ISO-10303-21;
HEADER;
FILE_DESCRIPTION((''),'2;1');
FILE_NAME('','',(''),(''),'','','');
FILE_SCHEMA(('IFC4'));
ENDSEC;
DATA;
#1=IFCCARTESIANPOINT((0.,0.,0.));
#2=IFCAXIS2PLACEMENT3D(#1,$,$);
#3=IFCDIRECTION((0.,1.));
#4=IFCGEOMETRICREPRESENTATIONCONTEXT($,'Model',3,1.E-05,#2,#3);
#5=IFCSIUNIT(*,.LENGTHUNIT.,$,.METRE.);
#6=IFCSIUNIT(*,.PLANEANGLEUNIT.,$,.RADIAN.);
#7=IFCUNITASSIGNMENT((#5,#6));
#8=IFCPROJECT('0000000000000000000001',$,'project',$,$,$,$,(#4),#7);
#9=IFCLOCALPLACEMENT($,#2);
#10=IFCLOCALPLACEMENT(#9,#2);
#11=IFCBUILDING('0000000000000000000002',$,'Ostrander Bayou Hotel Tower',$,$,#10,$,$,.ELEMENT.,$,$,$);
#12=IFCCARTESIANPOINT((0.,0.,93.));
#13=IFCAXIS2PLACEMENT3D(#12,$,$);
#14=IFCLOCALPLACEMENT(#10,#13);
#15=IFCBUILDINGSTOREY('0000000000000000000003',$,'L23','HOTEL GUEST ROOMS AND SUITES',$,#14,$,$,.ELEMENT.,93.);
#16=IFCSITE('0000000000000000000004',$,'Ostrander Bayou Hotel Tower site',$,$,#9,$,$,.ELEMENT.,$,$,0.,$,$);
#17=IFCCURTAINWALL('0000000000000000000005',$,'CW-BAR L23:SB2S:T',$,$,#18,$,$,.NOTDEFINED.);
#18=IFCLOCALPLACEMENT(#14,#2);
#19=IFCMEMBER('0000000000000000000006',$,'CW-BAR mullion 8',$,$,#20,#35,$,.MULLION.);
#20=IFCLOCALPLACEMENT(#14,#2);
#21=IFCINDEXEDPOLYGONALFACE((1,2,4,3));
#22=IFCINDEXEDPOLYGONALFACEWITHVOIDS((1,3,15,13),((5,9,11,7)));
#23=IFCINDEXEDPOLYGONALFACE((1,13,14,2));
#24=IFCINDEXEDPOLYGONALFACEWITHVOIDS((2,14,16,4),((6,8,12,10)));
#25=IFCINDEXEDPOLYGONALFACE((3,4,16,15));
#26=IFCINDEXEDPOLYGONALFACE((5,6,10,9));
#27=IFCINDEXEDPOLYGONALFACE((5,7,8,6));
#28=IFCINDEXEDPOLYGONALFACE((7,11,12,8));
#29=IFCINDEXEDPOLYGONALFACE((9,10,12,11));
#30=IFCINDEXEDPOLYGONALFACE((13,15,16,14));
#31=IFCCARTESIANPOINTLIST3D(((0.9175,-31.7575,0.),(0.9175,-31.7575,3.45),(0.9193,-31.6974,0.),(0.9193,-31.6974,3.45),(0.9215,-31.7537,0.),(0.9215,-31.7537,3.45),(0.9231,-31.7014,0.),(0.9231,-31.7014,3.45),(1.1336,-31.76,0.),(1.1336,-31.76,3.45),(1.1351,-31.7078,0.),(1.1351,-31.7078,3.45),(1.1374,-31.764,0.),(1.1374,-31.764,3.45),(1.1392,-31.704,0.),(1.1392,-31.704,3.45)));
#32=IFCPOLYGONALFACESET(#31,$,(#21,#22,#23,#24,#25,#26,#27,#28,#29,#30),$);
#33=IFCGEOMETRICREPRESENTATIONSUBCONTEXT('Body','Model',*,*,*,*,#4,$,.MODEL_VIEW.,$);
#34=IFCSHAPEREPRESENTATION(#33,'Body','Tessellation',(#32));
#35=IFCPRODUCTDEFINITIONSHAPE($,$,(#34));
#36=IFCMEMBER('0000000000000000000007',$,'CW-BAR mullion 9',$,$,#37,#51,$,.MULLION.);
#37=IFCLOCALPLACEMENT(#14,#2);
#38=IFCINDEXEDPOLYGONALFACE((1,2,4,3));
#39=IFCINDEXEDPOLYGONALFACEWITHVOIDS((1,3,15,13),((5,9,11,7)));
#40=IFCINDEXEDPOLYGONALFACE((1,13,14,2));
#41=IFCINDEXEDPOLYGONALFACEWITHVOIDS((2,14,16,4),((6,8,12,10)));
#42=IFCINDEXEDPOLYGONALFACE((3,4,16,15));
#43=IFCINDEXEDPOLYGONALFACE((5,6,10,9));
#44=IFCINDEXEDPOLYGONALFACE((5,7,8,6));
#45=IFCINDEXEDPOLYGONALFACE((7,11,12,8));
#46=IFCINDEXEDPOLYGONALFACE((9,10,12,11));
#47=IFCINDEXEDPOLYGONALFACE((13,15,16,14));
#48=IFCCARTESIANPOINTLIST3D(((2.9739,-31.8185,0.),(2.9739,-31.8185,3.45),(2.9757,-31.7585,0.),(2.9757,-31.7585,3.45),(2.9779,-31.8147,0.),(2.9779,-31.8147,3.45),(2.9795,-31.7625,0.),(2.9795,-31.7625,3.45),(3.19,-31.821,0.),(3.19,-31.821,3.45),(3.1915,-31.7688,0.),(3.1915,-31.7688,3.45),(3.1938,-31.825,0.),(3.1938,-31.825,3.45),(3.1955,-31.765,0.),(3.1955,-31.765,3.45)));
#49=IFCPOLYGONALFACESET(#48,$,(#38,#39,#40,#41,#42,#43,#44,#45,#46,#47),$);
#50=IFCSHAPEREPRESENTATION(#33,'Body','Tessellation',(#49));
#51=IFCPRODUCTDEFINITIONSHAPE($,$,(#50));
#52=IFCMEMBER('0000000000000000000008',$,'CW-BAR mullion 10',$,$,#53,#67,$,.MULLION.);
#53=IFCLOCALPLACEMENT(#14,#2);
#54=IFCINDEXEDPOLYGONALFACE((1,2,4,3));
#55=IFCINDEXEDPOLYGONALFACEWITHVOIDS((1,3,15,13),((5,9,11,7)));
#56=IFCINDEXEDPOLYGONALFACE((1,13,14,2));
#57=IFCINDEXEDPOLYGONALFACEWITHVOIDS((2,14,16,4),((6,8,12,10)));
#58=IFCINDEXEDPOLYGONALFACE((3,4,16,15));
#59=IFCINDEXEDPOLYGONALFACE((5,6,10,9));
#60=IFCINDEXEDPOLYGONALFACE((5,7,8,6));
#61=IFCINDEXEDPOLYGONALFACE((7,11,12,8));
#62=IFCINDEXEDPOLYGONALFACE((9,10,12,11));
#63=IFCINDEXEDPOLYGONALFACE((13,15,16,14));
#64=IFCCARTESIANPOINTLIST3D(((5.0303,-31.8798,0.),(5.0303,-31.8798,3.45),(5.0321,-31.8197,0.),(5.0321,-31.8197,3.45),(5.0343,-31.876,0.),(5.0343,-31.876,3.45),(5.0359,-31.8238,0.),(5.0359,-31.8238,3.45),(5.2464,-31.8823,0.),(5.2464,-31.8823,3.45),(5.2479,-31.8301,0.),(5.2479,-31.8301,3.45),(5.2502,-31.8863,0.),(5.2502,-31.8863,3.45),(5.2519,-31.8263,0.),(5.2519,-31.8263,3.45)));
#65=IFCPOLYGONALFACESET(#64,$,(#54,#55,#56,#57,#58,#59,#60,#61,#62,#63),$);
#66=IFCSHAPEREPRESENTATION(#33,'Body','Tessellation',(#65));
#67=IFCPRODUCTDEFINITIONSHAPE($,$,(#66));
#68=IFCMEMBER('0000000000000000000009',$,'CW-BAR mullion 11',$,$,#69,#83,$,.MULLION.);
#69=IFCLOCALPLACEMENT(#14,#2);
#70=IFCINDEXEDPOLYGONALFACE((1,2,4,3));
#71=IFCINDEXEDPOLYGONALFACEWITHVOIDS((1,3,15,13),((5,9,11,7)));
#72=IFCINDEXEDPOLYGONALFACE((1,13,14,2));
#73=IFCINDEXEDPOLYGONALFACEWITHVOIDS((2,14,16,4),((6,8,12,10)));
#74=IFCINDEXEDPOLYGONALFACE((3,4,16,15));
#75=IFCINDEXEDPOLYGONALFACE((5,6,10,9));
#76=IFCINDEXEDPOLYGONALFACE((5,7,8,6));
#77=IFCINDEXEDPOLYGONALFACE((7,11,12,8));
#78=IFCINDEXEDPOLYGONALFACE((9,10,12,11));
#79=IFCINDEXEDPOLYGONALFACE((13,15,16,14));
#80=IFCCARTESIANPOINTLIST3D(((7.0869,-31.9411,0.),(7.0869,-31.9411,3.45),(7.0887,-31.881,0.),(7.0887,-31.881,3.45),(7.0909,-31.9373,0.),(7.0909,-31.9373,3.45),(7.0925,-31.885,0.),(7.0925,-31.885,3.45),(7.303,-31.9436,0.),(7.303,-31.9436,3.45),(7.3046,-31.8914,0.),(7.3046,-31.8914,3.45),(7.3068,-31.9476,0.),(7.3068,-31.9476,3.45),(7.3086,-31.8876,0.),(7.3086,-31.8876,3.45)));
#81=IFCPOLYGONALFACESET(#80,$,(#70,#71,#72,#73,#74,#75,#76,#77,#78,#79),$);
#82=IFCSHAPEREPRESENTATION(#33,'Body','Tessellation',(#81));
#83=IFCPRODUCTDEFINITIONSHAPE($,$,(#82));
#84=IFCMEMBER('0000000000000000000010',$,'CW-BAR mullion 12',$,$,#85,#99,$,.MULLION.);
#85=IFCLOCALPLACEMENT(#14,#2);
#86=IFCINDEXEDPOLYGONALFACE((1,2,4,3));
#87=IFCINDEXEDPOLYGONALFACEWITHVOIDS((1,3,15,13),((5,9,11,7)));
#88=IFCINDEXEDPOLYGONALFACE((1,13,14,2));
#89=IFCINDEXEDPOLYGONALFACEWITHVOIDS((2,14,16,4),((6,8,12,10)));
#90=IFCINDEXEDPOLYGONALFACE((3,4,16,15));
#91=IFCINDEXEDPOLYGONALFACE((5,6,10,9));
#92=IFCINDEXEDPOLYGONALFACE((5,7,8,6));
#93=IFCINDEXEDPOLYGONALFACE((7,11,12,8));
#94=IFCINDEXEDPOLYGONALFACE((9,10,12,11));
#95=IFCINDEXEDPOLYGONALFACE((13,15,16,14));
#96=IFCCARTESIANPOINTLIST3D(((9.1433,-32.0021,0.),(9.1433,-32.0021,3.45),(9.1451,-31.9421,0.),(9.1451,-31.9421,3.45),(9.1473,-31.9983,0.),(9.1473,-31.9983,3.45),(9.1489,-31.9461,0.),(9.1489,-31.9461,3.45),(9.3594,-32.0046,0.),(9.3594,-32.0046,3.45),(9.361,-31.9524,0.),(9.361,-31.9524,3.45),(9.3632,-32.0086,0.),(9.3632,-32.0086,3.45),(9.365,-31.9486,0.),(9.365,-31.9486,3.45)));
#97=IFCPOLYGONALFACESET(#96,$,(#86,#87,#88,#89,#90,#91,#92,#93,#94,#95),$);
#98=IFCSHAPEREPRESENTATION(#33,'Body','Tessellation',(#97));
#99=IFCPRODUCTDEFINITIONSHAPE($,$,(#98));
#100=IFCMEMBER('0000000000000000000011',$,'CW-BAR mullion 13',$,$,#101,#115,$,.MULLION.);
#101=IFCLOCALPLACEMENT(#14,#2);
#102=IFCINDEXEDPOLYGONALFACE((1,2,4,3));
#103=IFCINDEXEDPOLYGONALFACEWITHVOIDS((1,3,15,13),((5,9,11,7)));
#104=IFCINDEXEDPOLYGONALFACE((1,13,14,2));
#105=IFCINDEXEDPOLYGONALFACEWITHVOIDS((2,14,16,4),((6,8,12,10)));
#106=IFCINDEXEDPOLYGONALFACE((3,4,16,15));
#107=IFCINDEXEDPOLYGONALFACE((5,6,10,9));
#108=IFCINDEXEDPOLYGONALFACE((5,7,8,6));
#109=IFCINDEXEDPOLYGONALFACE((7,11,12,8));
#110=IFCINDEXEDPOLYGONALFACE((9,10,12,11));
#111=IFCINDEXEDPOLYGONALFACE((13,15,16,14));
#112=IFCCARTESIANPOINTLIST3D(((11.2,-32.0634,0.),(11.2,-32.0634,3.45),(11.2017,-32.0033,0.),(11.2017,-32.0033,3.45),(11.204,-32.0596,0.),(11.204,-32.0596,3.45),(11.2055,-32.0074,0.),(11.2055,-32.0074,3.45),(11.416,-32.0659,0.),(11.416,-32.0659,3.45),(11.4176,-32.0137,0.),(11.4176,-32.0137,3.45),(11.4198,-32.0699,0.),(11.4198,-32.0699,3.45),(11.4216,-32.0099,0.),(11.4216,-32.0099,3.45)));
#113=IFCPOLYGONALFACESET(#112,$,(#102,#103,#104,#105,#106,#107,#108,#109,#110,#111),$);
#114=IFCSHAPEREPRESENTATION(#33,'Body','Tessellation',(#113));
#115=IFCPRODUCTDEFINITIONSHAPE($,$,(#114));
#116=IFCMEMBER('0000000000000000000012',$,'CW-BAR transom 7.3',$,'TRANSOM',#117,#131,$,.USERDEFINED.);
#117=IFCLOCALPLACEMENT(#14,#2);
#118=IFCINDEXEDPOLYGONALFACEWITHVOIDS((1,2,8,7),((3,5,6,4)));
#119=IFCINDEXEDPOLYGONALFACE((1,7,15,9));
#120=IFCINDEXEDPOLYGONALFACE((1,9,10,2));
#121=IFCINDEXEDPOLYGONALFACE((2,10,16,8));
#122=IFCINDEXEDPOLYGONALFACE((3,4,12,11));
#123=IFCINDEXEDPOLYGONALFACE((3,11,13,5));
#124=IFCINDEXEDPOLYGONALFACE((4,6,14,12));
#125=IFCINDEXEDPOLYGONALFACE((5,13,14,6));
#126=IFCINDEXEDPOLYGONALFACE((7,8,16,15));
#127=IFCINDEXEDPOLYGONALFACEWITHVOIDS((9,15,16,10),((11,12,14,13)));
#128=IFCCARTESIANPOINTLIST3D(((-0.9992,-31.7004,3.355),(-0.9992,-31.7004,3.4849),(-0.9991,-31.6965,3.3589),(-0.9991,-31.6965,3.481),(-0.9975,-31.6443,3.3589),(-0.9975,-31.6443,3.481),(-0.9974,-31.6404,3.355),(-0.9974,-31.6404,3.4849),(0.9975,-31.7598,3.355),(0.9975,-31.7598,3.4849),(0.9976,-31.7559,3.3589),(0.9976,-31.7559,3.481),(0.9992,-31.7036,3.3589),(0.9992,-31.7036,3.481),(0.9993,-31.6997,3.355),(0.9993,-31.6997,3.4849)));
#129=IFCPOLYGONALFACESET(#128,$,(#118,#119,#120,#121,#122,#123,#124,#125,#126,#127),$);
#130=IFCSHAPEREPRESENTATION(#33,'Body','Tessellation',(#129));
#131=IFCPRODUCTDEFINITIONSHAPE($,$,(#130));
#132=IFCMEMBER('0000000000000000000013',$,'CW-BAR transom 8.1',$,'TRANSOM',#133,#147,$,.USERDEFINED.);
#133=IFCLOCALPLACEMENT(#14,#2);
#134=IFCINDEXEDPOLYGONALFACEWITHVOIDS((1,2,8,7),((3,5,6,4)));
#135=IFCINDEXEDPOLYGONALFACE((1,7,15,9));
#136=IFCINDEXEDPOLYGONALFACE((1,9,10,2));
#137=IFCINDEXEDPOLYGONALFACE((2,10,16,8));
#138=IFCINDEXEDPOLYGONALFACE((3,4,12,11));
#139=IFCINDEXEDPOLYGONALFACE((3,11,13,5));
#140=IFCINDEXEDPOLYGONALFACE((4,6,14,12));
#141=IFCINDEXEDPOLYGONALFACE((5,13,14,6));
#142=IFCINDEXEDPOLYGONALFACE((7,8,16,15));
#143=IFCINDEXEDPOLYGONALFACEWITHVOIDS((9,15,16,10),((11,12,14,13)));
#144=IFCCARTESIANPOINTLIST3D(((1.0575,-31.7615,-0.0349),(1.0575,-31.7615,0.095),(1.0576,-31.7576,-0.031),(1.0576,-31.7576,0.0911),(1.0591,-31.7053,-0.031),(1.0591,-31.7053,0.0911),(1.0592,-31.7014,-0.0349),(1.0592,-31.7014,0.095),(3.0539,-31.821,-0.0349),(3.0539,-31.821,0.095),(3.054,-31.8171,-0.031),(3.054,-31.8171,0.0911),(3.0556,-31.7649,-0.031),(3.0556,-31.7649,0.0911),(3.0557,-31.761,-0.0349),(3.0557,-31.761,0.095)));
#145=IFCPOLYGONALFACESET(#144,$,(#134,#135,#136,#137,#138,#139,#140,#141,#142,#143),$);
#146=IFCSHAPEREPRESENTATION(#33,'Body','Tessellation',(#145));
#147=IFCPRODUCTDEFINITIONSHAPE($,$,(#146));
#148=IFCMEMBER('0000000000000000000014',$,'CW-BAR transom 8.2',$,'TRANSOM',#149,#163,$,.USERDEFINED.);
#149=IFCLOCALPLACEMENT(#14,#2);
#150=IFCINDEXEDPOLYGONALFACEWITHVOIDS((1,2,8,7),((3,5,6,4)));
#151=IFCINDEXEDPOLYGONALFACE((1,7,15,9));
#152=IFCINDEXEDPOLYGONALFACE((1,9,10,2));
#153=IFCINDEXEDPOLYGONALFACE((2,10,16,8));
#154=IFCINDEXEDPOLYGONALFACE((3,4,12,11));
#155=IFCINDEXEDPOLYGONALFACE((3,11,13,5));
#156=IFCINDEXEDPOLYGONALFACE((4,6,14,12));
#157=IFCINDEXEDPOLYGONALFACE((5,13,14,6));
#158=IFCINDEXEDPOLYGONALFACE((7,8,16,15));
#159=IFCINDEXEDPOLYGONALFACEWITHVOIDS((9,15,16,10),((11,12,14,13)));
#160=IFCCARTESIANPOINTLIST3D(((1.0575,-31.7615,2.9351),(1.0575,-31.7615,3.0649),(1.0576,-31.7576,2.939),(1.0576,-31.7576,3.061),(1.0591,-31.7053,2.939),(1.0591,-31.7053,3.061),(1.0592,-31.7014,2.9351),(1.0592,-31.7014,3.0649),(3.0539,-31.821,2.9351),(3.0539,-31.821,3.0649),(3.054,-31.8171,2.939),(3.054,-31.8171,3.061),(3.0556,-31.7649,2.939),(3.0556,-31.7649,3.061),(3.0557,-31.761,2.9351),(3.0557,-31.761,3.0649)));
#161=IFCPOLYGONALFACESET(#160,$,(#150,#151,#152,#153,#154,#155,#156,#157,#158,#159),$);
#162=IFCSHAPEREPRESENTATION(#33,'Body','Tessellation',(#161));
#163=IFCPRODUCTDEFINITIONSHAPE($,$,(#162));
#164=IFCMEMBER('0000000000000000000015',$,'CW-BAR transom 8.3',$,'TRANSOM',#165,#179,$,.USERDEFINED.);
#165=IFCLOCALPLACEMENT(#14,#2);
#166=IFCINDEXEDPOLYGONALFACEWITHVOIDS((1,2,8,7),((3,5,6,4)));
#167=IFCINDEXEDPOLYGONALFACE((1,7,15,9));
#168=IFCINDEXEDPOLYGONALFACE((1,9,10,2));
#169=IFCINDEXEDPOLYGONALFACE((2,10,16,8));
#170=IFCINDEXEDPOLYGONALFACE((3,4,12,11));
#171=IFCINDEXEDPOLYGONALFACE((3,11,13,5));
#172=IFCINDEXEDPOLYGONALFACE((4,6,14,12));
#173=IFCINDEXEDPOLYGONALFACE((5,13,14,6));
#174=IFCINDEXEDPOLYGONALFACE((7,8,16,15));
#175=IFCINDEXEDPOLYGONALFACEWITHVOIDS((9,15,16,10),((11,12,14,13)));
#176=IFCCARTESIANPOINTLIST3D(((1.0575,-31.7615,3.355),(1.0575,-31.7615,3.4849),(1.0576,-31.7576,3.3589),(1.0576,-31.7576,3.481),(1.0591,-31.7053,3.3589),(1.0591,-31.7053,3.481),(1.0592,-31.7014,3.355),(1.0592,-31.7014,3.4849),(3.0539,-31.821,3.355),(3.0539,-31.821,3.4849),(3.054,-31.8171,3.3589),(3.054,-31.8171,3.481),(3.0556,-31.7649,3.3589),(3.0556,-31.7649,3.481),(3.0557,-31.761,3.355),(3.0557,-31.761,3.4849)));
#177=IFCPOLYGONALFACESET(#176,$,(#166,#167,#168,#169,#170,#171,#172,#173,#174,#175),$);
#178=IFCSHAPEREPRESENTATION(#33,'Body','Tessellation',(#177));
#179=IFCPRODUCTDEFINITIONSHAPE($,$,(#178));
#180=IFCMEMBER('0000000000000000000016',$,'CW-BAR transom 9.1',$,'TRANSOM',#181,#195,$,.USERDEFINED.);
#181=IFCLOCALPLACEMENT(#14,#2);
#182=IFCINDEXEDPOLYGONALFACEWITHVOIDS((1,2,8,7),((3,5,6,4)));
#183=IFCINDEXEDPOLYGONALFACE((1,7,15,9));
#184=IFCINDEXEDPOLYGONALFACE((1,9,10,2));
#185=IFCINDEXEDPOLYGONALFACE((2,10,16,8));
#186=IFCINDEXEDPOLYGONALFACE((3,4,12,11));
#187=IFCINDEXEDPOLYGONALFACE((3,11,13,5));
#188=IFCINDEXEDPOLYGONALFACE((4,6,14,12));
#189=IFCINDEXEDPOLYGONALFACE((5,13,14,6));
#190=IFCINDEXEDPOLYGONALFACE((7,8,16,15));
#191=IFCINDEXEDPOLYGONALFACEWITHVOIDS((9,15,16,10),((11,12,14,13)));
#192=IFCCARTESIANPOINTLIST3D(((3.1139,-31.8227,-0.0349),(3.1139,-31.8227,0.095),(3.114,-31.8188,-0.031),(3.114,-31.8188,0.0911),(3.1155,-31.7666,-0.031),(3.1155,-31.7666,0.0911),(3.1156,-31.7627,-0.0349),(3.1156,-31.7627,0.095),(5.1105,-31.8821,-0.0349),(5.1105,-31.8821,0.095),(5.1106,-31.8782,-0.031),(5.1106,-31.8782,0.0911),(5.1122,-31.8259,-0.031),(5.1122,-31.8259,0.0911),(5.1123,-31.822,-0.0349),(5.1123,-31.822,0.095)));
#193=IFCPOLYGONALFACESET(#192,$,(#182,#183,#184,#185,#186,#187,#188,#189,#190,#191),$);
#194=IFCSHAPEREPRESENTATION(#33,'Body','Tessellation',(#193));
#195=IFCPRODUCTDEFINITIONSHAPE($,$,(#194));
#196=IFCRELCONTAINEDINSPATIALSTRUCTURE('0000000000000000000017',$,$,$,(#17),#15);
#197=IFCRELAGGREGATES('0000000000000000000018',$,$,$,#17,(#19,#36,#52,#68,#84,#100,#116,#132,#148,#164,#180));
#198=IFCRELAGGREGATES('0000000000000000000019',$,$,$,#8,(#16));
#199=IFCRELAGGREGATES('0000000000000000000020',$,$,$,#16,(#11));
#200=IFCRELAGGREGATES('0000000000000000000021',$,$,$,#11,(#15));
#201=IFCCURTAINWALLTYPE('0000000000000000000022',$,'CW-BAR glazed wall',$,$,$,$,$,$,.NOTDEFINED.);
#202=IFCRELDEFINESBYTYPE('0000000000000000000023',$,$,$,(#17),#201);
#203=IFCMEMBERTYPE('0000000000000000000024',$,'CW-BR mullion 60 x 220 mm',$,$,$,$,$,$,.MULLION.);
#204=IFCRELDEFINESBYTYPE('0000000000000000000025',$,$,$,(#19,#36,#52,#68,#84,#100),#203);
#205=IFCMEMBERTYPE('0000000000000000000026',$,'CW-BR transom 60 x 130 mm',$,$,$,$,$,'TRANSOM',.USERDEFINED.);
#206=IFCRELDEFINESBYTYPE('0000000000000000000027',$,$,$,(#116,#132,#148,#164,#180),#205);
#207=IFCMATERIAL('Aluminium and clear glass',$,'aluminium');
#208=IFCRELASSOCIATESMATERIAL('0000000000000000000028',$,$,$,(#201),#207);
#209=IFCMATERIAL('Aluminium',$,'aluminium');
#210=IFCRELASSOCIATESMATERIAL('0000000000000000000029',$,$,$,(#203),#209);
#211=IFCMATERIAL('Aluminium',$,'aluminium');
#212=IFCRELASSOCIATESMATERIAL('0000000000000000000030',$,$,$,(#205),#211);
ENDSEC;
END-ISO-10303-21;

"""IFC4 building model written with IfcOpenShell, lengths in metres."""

from ifc_helpers import new_model, si_unit, direction, frame, origin, origin_2d, place, context, subcontext, project, spatial, hollow_rectangle, extrude, material, material_profile, profile_set, type_object, element, aggregate, save


model = new_model("IFC4")

# Units and contexts
model_context = context("Model", 3, precision=1e-05, world=origin(), true_north=direction((0.0, 1.0)))
body_context = subcontext(model_context, "Body", "Model", "MODEL_VIEW")
ifc_project = project(units=[si_unit("LENGTHUNIT", "METRE"), si_unit("PLANEANGLEUNIT", "RADIAN")], contexts=[model_context])

# Site, building, storey
site_placement = place(None, origin())
site = spatial("IfcSite", under=ifc_project, at=site_placement, Name="Ostrander Bayou Hotel Tower site", CompositionType="ELEMENT", RefElevation=0.0)
building_placement = place(site_placement, origin())
building = spatial("IfcBuilding", under=site, at=building_placement, Name="Ostrander Bayou Hotel Tower", CompositionType="ELEMENT")
storey_placement = place(building_placement, frame((0.0, 0.0, 93.0)))
storey = spatial("IfcBuildingStorey", under=building, at=storey_placement, Name="L23", Description="HOTEL GUEST ROOMS AND SUITES", CompositionType="ELEMENT", Elevation=93.0)

# Curtain wall, members
ifc_material_1 = material(Name="Aluminium and clear glass", Category="aluminium")
curtain_wall_type = type_object("IfcCurtainWallType", Name="CW-BAR glazed wall", PredefinedType="NOTDEFINED", material=ifc_material_1)
curtain_wall_placement = place(storey_placement, origin())
curtain_wall = element("IfcCurtainWall", 1, at=curtain_wall_placement, inside=storey, type_object=curtain_wall_type, Name="CW-BAR L23:SB2S:T", PredefinedType="NOTDEFINED")
ifc_material_2 = material(Name="Aluminium", Category="aluminium")
ifc_material_profile_1 = material_profile(ifc_material_2, hollow_rectangle(XDim=0.0601, YDim=0.22, WallThickness=0.0039, at=origin_2d()))
ifc_profile_set_1 = profile_set([ifc_material_profile_1], Name="Aluminium")
member_type_1 = type_object("IfcMemberType", Name="CW-BR mullion 60 x 220 mm", PredefinedType="MULLION", material=ifc_profile_set_1)
member_1_placement = place(storey_placement, frame((1.0283, -31.7307, 0.0), z_axis=(0.0, 0.0, 1.0), x_axis=(0.029746, 0.999557, 0.0)))
member_1 = element("IfcMember", 2, at=member_1_placement, type_object=member_type_1, Name="CW-BAR mullion 8", PredefinedType="MULLION", context=body_context, shape_type="SweptSolid", body=[
    extrude(hollow_rectangle(XDim=0.0601, YDim=0.22, WallThickness=0.0039, at=origin_2d()), origin(), (0.0, 0.0, 1.0), 3.45),
])
member_2_placement = place(storey_placement, frame((3.0847, -31.7917, 0.0), z_axis=(0.0, 0.0, 1.0), x_axis=(0.029746, 0.999557, 0.0)))
member_2 = element("IfcMember", 3, at=member_2_placement, type_object=member_type_1, Name="CW-BAR mullion 9", PredefinedType="MULLION", context=body_context, shape_type="SweptSolid", body=[
    extrude(hollow_rectangle(XDim=0.0601, YDim=0.22, WallThickness=0.0039, at=origin_2d()), origin(), (0.0, 0.0, 1.0), 3.45),
])
member_3_placement = place(storey_placement, frame((5.1411, -31.853, 0.0), z_axis=(0.0, 0.0, 1.0), x_axis=(0.029746, 0.999557, 0.0)))
member_3 = element("IfcMember", 4, at=member_3_placement, type_object=member_type_1, Name="CW-BAR mullion 10", PredefinedType="MULLION", context=body_context, shape_type="SweptSolid", body=[
    extrude(hollow_rectangle(XDim=0.0601, YDim=0.22, WallThickness=0.0039, at=origin_2d()), origin(), (0.0, 0.0, 1.0), 3.45),
])
member_4_placement = place(storey_placement, frame((7.1978, -31.9143, 0.0), z_axis=(0.0, 0.0, 1.0), x_axis=(0.029746, 0.999557, 0.0)))
member_4 = element("IfcMember", 5, at=member_4_placement, type_object=member_type_1, Name="CW-BAR mullion 11", PredefinedType="MULLION", context=body_context, shape_type="SweptSolid", body=[
    extrude(hollow_rectangle(XDim=0.0601, YDim=0.22, WallThickness=0.0039, at=origin_2d()), origin(), (0.0, 0.0, 1.0), 3.45),
])
member_5_placement = place(storey_placement, frame((9.2542, -31.9753, 0.0), z_axis=(0.0, 0.0, 1.0), x_axis=(0.029746, 0.999557, 0.0)))
member_5 = element("IfcMember", 6, at=member_5_placement, type_object=member_type_1, Name="CW-BAR mullion 12", PredefinedType="MULLION", context=body_context, shape_type="SweptSolid", body=[
    extrude(hollow_rectangle(XDim=0.0601, YDim=0.22, WallThickness=0.0039, at=origin_2d()), origin(), (0.0, 0.0, 1.0), 3.45),
])
member_6_placement = place(storey_placement, frame((11.3108, -32.0366, 0.0), z_axis=(0.0, 0.0, 1.0), x_axis=(0.029746, 0.999557, 0.0)))
member_6 = element("IfcMember", 7, at=member_6_placement, type_object=member_type_1, Name="CW-BAR mullion 13", PredefinedType="MULLION", context=body_context, shape_type="SweptSolid", body=[
    extrude(hollow_rectangle(XDim=0.0601, YDim=0.22, WallThickness=0.0039, at=origin_2d()), origin(), (0.0, 0.0, 1.0), 3.45),
])
ifc_material_3 = material(Name="Aluminium", Category="aluminium")
ifc_material_profile_2 = material_profile(ifc_material_3, hollow_rectangle(XDim=0.0601, YDim=0.1299, WallThickness=0.0039, at=origin_2d()))
ifc_profile_set_2 = profile_set([ifc_material_profile_2], Name="Aluminium")
member_type_2 = type_object("IfcMemberType", Name="CW-BR transom 60 x 130 mm", ElementType="TRANSOM", PredefinedType="USERDEFINED", material=ifc_profile_set_2)
member_7_placement = place(storey_placement, frame((-0.9983, -31.6704, 3.4199), z_axis=(0.999559, -0.029701, 0.0), x_axis=(0.029701, 0.999559, 0.0)))
member_7 = element("IfcMember", 8, at=member_7_placement, type_object=member_type_2, Name="CW-BAR transom 7.3", ObjectType="TRANSOM", PredefinedType="USERDEFINED", context=body_context, shape_type="SweptSolid", body=[
    extrude(hollow_rectangle(XDim=0.0601, YDim=0.1299, WallThickness=0.0039, at=origin_2d()), origin(), (0.0, 0.0, 1.0), 1.9976),
])
member_8_placement = place(storey_placement, frame((1.0583, -31.7314, 0.03), z_axis=(0.999555, -0.029827, 0.0), x_axis=(0.029827, 0.999555, 0.0)))
member_8 = element("IfcMember", 9, at=member_8_placement, type_object=member_type_2, Name="CW-BAR transom 8.1", ObjectType="TRANSOM", PredefinedType="USERDEFINED", context=body_context, shape_type="SweptSolid", body=[
    extrude(hollow_rectangle(XDim=0.0601, YDim=0.1299, WallThickness=0.0039, at=origin_2d()), origin(), (0.0, 0.0, 1.0), 1.9973),
])
member_9_placement = place(storey_placement, frame((1.0583, -31.7314, 3.0), z_axis=(0.999555, -0.029827, 0.0), x_axis=(0.029827, 0.999555, 0.0)))
member_9 = element("IfcMember", 10, at=member_9_placement, type_object=member_type_2, Name="CW-BAR transom 8.2", ObjectType="TRANSOM", PredefinedType="USERDEFINED", context=body_context, shape_type="SweptSolid", body=[
    extrude(hollow_rectangle(XDim=0.0601, YDim=0.1299, WallThickness=0.0039, at=origin_2d()), origin(), (0.0, 0.0, 1.0), 1.9973),
])
member_10_placement = place(storey_placement, frame((1.0583, -31.7314, 3.4199), z_axis=(0.999555, -0.029827, 0.0), x_axis=(0.029827, 0.999555, 0.0)))
member_10 = element("IfcMember", 11, at=member_10_placement, type_object=member_type_2, Name="CW-BAR transom 8.3", ObjectType="TRANSOM", PredefinedType="USERDEFINED", context=body_context, shape_type="SweptSolid", body=[
    extrude(hollow_rectangle(XDim=0.0601, YDim=0.1299, WallThickness=0.0039, at=origin_2d()), origin(), (0.0, 0.0, 1.0), 1.9973),
])
member_11_placement = place(storey_placement, frame((3.1147, -31.7927, 0.03), z_axis=(0.999559, -0.029701, 0.0), x_axis=(0.029701, 0.999559, 0.0)))
member_11 = element("IfcMember", 12, at=member_11_placement, type_object=member_type_2, Name="CW-BAR transom 9.1", ObjectType="TRANSOM", PredefinedType="USERDEFINED", context=body_context, shape_type="SweptSolid", body=[
    extrude(hollow_rectangle(XDim=0.0601, YDim=0.1299, WallThickness=0.0039, at=origin_2d()), origin(), (0.0, 0.0, 1.0), 1.9976),
])
aggregate(curtain_wall, [member_1, member_2, member_3, member_4, member_5, member_6, member_7, member_8, member_9, member_10, member_11])

save(model, "model.ifc")
